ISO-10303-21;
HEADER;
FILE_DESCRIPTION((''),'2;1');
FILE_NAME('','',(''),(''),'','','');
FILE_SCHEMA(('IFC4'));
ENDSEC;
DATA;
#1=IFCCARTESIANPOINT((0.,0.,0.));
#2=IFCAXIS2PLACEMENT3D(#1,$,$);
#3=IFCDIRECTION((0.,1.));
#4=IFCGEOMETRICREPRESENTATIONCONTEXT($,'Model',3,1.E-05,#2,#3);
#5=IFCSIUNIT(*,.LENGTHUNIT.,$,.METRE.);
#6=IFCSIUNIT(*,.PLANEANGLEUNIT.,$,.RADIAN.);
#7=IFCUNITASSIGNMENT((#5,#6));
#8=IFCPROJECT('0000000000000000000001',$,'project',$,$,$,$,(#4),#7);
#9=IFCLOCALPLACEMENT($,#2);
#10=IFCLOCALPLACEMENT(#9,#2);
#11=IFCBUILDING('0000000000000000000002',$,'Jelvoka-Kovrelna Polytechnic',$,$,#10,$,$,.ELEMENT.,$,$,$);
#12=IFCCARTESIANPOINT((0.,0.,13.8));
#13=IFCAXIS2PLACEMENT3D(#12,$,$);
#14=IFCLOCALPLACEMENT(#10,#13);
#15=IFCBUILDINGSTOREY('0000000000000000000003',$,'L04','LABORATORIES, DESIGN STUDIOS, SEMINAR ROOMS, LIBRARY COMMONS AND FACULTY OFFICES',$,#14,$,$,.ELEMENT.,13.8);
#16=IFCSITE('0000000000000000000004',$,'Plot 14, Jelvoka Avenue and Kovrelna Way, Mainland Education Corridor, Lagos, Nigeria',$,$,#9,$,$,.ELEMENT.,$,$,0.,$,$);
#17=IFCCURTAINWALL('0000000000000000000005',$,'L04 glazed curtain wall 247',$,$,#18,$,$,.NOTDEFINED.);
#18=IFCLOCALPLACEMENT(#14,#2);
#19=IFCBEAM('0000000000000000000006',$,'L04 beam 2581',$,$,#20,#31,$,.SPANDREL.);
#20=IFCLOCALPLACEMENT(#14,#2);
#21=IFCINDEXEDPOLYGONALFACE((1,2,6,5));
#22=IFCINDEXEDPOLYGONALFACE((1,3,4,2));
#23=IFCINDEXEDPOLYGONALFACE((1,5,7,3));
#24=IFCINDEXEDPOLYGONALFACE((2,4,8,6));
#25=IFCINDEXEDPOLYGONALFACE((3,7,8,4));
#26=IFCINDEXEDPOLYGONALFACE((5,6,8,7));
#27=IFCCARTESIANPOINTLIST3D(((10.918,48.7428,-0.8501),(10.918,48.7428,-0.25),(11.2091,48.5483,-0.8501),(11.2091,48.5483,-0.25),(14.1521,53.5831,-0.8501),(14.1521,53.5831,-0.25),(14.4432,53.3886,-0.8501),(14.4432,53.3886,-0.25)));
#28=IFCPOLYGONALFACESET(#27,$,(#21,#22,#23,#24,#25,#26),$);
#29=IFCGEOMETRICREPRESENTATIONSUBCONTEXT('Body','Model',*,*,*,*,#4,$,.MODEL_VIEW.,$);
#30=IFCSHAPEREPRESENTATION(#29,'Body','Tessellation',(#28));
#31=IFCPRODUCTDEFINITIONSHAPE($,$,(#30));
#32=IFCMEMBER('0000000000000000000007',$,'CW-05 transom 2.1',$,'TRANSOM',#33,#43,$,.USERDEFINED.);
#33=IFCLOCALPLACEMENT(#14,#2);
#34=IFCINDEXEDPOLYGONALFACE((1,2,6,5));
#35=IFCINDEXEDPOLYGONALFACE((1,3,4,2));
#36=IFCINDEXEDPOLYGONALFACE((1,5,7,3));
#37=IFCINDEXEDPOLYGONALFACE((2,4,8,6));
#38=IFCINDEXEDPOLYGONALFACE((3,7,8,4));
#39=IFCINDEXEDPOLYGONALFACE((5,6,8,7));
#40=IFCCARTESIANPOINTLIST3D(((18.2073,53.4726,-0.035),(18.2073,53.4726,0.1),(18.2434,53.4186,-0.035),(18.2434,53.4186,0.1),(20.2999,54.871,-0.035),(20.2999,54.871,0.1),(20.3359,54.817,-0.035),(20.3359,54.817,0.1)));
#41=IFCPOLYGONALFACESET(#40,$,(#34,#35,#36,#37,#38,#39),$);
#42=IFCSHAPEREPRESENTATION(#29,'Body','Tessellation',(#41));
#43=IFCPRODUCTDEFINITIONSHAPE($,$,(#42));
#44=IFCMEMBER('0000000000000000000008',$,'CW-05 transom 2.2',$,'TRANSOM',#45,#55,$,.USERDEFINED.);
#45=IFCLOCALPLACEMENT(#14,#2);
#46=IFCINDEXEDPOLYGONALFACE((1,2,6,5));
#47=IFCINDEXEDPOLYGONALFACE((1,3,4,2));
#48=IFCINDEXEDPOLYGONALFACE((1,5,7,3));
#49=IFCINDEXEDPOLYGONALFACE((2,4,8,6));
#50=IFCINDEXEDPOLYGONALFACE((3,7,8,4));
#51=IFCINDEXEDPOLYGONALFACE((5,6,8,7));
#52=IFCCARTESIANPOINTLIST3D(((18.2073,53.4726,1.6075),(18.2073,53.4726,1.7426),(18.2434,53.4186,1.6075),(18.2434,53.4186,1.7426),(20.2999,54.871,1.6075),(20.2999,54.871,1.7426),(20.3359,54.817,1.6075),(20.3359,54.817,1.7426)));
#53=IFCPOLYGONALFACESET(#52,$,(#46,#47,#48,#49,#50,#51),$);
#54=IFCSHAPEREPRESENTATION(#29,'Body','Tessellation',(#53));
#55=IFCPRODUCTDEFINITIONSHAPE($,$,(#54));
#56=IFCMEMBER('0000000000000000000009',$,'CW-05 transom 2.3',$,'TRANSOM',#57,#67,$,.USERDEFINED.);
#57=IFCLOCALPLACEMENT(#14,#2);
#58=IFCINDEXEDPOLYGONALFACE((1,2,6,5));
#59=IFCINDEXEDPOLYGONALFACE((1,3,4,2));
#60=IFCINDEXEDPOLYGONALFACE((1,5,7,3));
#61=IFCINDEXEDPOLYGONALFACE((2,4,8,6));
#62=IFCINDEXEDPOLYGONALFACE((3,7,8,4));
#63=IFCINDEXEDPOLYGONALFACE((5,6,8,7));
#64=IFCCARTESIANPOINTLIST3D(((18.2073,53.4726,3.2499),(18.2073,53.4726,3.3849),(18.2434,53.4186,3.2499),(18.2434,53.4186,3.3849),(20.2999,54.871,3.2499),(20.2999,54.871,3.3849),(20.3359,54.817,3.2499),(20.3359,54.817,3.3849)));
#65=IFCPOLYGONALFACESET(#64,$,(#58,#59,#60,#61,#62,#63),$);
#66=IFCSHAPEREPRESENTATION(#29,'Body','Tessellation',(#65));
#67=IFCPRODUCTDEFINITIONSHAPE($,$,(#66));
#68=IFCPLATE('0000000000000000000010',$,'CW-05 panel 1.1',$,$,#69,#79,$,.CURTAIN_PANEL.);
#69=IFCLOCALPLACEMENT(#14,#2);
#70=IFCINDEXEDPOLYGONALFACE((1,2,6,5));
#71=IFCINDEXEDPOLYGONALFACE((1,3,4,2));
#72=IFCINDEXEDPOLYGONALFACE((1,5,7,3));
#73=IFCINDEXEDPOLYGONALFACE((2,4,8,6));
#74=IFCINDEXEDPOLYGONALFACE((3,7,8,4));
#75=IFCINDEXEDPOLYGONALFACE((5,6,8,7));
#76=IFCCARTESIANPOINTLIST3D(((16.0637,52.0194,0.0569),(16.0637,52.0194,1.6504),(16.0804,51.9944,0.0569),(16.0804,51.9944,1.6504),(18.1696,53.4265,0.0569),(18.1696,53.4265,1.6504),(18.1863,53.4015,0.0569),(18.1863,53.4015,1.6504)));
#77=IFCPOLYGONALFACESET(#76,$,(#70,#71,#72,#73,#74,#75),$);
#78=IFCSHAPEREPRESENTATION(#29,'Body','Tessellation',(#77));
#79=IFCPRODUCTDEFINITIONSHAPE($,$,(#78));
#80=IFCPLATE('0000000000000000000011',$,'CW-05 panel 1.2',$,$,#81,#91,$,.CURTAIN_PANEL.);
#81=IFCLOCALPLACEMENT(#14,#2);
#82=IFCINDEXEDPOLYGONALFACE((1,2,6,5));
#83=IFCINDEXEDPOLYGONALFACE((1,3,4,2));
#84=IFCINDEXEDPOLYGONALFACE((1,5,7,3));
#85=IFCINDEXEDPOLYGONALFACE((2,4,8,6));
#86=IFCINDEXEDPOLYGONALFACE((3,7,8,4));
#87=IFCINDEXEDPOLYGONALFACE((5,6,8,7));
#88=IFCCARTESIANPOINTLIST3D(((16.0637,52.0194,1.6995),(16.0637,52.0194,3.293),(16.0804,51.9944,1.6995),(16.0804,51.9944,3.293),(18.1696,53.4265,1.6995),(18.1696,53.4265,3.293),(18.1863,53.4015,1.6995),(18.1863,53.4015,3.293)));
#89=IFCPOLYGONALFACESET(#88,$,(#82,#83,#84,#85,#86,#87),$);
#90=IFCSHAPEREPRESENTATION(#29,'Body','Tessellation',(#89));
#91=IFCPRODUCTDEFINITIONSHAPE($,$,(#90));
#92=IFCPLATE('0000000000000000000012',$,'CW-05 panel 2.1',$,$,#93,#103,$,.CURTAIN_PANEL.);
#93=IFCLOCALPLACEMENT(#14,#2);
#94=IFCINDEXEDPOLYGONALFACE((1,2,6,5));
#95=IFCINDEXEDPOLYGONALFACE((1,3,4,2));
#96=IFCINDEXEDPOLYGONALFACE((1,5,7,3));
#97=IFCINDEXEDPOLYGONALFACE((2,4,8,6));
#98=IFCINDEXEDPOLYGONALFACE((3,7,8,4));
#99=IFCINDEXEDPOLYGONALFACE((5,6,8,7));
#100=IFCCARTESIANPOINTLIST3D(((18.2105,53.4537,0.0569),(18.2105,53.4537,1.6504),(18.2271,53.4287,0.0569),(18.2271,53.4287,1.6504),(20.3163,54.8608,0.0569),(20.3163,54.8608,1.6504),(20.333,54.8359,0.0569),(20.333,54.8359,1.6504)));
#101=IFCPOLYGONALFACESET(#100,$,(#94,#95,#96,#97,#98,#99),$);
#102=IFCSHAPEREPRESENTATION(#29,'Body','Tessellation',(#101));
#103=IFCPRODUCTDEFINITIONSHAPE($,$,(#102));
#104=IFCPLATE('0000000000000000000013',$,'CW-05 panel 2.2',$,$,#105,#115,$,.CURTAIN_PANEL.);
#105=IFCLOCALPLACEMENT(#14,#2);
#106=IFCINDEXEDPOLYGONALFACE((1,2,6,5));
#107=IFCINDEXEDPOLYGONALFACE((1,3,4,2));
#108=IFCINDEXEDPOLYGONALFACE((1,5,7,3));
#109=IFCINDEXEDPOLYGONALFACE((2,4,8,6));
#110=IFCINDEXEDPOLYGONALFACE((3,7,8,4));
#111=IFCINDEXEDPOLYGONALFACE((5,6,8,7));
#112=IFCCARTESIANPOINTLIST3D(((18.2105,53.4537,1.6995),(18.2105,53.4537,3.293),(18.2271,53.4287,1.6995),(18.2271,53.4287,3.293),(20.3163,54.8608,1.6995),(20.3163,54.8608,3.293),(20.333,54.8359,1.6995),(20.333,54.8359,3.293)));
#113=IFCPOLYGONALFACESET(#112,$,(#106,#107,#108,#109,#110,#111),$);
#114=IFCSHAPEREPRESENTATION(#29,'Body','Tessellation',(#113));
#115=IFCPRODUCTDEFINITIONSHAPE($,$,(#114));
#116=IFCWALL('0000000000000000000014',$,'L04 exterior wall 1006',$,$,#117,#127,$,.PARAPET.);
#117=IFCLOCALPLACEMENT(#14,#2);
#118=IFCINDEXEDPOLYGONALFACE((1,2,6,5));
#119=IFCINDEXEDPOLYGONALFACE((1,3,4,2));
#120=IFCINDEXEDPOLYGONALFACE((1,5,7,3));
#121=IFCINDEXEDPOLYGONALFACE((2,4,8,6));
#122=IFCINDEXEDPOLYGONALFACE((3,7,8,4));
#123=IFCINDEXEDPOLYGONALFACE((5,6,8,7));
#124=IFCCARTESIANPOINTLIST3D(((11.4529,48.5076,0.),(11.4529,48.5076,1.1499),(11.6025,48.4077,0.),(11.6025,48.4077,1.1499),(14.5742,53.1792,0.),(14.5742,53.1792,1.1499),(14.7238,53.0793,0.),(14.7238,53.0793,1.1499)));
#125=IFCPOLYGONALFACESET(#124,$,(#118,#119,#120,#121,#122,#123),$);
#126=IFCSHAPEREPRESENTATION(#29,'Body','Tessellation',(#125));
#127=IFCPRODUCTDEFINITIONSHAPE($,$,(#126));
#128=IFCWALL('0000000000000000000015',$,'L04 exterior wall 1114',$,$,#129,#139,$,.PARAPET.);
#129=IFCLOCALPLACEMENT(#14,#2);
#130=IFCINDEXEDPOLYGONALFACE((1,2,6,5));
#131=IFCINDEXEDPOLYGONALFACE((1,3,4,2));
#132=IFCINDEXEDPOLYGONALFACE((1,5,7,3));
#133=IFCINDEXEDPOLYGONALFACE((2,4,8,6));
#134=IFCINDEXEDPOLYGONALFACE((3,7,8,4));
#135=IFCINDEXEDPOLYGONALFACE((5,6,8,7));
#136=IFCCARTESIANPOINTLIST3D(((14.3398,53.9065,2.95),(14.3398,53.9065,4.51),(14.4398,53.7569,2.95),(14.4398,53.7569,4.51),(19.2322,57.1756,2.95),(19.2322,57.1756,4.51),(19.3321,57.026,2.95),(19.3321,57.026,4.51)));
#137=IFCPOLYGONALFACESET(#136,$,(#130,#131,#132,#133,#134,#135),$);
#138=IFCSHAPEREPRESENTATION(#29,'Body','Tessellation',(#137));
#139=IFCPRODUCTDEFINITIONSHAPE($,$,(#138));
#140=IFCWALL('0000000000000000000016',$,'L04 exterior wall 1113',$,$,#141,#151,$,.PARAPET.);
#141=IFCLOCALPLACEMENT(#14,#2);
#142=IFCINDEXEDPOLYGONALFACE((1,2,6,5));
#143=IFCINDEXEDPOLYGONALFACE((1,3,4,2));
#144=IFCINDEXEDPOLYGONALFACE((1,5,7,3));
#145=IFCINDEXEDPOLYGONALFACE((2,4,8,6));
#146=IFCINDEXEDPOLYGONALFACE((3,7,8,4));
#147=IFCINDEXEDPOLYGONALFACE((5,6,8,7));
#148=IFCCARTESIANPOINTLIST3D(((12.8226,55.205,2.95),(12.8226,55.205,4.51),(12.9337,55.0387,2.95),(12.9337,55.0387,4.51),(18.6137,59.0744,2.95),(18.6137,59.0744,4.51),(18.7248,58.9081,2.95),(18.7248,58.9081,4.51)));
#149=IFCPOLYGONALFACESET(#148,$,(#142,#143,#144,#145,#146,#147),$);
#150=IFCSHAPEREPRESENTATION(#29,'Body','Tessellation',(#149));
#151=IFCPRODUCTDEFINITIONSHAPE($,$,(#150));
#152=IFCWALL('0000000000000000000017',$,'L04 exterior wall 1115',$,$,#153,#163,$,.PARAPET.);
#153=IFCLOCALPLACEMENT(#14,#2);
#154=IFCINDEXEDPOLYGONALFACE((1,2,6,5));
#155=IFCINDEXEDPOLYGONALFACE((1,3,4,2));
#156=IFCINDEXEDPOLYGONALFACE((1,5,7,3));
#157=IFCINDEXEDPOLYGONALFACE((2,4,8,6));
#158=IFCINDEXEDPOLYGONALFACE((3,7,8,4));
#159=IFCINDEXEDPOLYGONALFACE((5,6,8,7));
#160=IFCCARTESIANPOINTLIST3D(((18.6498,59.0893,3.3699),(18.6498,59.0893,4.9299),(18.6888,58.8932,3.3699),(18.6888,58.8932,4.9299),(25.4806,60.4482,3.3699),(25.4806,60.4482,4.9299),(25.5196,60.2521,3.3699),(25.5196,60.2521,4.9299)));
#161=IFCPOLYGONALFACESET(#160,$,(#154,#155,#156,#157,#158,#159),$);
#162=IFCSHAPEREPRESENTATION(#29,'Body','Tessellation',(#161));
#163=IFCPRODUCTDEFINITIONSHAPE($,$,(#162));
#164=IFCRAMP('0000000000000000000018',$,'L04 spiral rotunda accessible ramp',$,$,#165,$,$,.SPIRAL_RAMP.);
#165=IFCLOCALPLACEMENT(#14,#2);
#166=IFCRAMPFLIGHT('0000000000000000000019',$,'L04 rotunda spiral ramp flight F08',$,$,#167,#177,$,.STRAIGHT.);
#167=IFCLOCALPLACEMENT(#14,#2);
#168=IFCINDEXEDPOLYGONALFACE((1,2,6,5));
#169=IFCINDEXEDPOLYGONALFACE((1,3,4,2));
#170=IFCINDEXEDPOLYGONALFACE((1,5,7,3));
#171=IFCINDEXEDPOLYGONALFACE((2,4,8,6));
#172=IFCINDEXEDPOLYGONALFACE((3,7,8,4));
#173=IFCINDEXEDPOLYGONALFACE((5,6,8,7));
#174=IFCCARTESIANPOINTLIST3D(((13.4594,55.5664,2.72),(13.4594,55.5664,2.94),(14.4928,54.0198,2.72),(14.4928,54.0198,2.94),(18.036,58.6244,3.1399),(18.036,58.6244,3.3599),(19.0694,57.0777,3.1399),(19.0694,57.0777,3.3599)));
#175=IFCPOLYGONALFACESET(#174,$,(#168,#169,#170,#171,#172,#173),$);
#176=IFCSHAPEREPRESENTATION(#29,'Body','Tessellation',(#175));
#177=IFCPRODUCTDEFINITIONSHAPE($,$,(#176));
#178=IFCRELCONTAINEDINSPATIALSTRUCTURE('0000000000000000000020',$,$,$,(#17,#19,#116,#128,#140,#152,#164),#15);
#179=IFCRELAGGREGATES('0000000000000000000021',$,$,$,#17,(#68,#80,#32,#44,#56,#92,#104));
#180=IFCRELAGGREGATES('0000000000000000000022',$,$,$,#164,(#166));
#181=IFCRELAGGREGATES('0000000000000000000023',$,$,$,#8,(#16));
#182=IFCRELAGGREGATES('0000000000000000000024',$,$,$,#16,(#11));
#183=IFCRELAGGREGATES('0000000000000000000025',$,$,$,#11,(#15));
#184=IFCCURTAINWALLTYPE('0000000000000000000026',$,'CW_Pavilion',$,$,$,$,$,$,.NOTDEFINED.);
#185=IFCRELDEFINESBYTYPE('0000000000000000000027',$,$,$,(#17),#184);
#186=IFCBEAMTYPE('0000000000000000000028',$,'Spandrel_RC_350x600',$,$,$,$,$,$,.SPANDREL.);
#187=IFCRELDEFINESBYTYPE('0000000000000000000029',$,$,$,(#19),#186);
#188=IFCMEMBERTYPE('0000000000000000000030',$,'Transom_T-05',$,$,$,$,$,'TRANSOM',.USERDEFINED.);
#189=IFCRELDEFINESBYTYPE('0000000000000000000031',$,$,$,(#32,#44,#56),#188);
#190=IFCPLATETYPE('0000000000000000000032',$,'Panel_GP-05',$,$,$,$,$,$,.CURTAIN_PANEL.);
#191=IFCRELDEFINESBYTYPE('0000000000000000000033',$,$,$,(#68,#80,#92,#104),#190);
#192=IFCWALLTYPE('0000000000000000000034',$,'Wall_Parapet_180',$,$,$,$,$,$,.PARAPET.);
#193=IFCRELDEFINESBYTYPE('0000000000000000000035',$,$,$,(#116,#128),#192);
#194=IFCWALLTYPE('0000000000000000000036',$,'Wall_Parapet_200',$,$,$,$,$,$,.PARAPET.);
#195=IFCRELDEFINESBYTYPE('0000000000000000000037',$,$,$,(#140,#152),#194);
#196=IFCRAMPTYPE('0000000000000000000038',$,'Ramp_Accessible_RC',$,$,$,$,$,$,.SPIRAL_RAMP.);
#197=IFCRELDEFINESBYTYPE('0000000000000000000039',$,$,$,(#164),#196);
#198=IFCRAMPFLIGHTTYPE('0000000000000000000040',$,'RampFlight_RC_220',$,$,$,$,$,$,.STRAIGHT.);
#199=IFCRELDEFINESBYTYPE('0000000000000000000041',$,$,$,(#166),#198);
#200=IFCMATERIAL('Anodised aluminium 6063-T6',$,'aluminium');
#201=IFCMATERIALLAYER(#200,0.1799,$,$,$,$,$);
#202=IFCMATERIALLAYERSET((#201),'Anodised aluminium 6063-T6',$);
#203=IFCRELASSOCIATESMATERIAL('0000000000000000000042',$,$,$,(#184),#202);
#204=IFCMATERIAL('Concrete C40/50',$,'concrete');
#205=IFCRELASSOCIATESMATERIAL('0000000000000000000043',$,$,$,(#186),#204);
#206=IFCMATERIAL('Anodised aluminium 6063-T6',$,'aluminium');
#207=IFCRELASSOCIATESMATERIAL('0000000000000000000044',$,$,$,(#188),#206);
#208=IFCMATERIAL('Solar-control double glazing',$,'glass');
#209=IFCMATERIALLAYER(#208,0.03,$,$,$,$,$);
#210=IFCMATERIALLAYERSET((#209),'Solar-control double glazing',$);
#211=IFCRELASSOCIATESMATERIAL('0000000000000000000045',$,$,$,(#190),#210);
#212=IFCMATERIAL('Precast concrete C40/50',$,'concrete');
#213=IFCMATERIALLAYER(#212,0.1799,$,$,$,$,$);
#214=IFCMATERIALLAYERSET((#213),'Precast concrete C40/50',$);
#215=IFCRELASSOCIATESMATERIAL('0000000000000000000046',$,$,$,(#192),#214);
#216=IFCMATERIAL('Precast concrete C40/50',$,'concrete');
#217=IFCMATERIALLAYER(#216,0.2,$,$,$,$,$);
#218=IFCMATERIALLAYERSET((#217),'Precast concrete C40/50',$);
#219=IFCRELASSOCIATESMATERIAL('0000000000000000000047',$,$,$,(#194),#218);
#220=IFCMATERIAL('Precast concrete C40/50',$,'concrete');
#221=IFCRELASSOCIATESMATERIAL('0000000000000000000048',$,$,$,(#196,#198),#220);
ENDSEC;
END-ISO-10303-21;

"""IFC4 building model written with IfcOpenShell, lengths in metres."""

from ifc_helpers import new_model, si_unit, direction, frame, frame_2d, origin, origin_2d, place, context, subcontext, project, spatial, polyline, rectangle, outline, extrude, material, layer, layer_set, material_profile, profile_set, type_object, element, aggregate, save


model = new_model("IFC4")

# Units and contexts
model_context = context("Model", 3, precision=1e-05, world=origin(), true_north=direction((0.0, 1.0)))
body_context = subcontext(model_context, "Body", "Model", "MODEL_VIEW")
ifc_project = project(units=[si_unit("LENGTHUNIT", "METRE"), si_unit("PLANEANGLEUNIT", "RADIAN")], contexts=[model_context])

# Site, building, storey
site_placement = place(None, origin())
site = spatial("IfcSite", under=ifc_project, at=site_placement, Name="Plot 14, Jelvoka Avenue and Kovrelna Way, Mainland Education Corridor, Lagos, Nigeria", CompositionType="ELEMENT", RefElevation=0.0)
building_placement = place(site_placement, origin())
building = spatial("IfcBuilding", under=site, at=building_placement, Name="Jelvoka-Kovrelna Polytechnic", CompositionType="ELEMENT")
storey_placement = place(building_placement, frame((0.0, 0.0, 13.8)))
storey = spatial("IfcBuildingStorey", under=building, at=storey_placement, Name="L04", Description="LABORATORIES, DESIGN STUDIOS, SEMINAR ROOMS, LIBRARY COMMONS AND FACULTY OFFICES", CompositionType="ELEMENT", Elevation=13.8)

# Curtain wall
ifc_material_1 = material(Name="Anodised aluminium 6063-T6", Category="aluminium")
ifc_layer_1 = layer(ifc_material_1, 0.1799)
ifc_layer_set_1 = layer_set([ifc_layer_1], Name="Anodised aluminium 6063-T6")
curtain_wall_type = type_object("IfcCurtainWallType", Name="CW_Pavilion", PredefinedType="NOTDEFINED", material=ifc_layer_set_1)
curtain_wall_placement = place(storey_placement, origin())
curtain_wall = element("IfcCurtainWall", 1, at=curtain_wall_placement, inside=storey, type_object=curtain_wall_type, Name="L04 glazed curtain wall 247", PredefinedType="NOTDEFINED")

# Beam
ifc_material_2 = material(Name="Concrete C40/50", Category="concrete")
ifc_material_profile_1 = material_profile(ifc_material_2, rectangle(XDim=0.3501, YDim=0.6001, at=origin_2d()), Name="RC 350x600")
ifc_profile_set_1 = profile_set([ifc_material_profile_1], Name="Concrete C40/50")
beam_type_1 = type_object("IfcBeamType", Name="Spandrel_RC_350x600", PredefinedType="SPANDREL", material=ifc_profile_set_1)
beam_1_placement = place(storey_placement, frame((14.2976, 53.4858, -0.55), z_axis=(-0.555561, -0.831476, 0.0), x_axis=(0.831476, -0.555561, 0.0)))
element("IfcBeam", 2, at=beam_1_placement, inside=storey, type_object=beam_type_1, Name="L04 beam 2581", PredefinedType="SPANDREL", context=body_context, shape_type="SweptSolid", body=[
    extrude(rectangle(XDim=0.3501, YDim=0.6001, at=origin_2d()), origin(), (0.0, 0.0, 1.0), 5.8213),
])

# Members
ifc_material_3 = material(Name="Anodised aluminium 6063-T6", Category="aluminium")
ifc_material_profile_2 = material_profile(ifc_material_3, rectangle(XDim=0.0649, YDim=0.135, at=origin_2d()), Name="ALU 65x135")
ifc_profile_set_2 = profile_set([ifc_material_profile_2], Name="Anodised aluminium 6063-T6")
member_type_1 = type_object("IfcMemberType", Name="Transom_T-05", ElementType="TRANSOM", PredefinedType="USERDEFINED", material=ifc_profile_set_2)
member_1_placement = place(storey_placement, frame((18.2253, 53.4456, 0.0325), z_axis=(0.831423, 0.55564, 0.0), x_axis=(-0.55564, 0.831423, 0.0)))
member_1 = element("IfcMember", 3, at=member_1_placement, type_object=member_type_1, Name="CW-05 transom 2.1", ObjectType="TRANSOM", PredefinedType="USERDEFINED", context=body_context, shape_type="SweptSolid", body=[
    extrude(rectangle(XDim=0.0649, YDim=0.135, at=origin_2d()), origin(), (0.0, 0.0, 1.0), 2.5168),
])
member_2_placement = place(storey_placement, frame((18.2253, 53.4456, 1.675), z_axis=(0.831423, 0.55564, 0.0), x_axis=(-0.55564, 0.831423, 0.0)))
member_2 = element("IfcMember", 4, at=member_2_placement, type_object=member_type_1, Name="CW-05 transom 2.2", ObjectType="TRANSOM", PredefinedType="USERDEFINED", context=body_context, shape_type="SweptSolid", body=[
    extrude(rectangle(XDim=0.0649, YDim=0.135, at=origin_2d()), origin(), (0.0, 0.0, 1.0), 2.5168),
])
member_3_placement = place(storey_placement, frame((18.2253, 53.4456, 3.3174), z_axis=(0.831423, 0.55564, 0.0), x_axis=(-0.55564, 0.831423, 0.0)))
member_3 = element("IfcMember", 5, at=member_3_placement, type_object=member_type_1, Name="CW-05 transom 2.3", ObjectType="TRANSOM", PredefinedType="USERDEFINED", context=body_context, shape_type="SweptSolid", body=[
    extrude(rectangle(XDim=0.0649, YDim=0.135, at=origin_2d()), origin(), (0.0, 0.0, 1.0), 2.5168),
])

# Plates
ifc_material_4 = material(Name="Solar-control double glazing", Category="glass")
ifc_layer_2 = layer(ifc_material_4, 0.03)
ifc_layer_set_2 = layer_set([ifc_layer_2], Name="Solar-control double glazing")
plate_type = type_object("IfcPlateType", Name="Panel_GP-05", PredefinedType="CURTAIN_PANEL", material=ifc_layer_set_2)
plate_1_placement = place(storey_placement, frame((17.125, 52.7104, 0.0569), z_axis=(0.0, 0.0, 1.0), x_axis=(0.831461, 0.555583, 0.0)))
plate_1 = element("IfcPlate", 6, at=plate_1_placement, type_object=plate_type, Name="CW-05 panel 1.1", PredefinedType="CURTAIN_PANEL", context=body_context, shape_type="SweptSolid", body=[
    extrude(rectangle(XDim=2.5327, YDim=0.03, at=origin_2d()), origin(), (0.0, 0.0, 1.0), 1.5935),
])
plate_2_placement = place(storey_placement, frame((17.125, 52.7104, 1.6995), z_axis=(0.0, 0.0, 1.0), x_axis=(0.831461, 0.555583, 0.0)))
plate_2 = element("IfcPlate", 7, at=plate_2_placement, type_object=plate_type, Name="CW-05 panel 1.2", PredefinedType="CURTAIN_PANEL", context=body_context, shape_type="SweptSolid", body=[
    extrude(rectangle(XDim=2.5327, YDim=0.03, at=origin_2d()), origin(), (0.0, 0.0, 1.0), 1.5935),
])
plate_3_placement = place(storey_placement, frame((19.2717, 54.1448, 0.0569), z_axis=(0.0, 0.0, 1.0), x_axis=(0.831461, 0.555583, 0.0)))
plate_3 = element("IfcPlate", 8, at=plate_3_placement, type_object=plate_type, Name="CW-05 panel 2.1", PredefinedType="CURTAIN_PANEL", context=body_context, shape_type="SweptSolid", body=[
    extrude(rectangle(XDim=2.5327, YDim=0.03, at=origin_2d()), origin(), (0.0, 0.0, 1.0), 1.5935),
])
plate_4_placement = place(storey_placement, frame((19.2717, 54.1448, 1.6995), z_axis=(0.0, 0.0, 1.0), x_axis=(0.831461, 0.555583, 0.0)))
plate_4 = element("IfcPlate", 9, at=plate_4_placement, type_object=plate_type, Name="CW-05 panel 2.2", PredefinedType="CURTAIN_PANEL", context=body_context, shape_type="SweptSolid", body=[
    extrude(rectangle(XDim=2.5327, YDim=0.03, at=origin_2d()), origin(), (0.0, 0.0, 1.0), 1.5935),
])
aggregate(curtain_wall, [plate_1, plate_2, member_1, member_2, member_3, plate_3, plate_4])

# Walls
ifc_material_5 = material(Name="Precast concrete C40/50", Category="concrete")
ifc_layer_3 = layer(ifc_material_5, 0.1799)
ifc_layer_set_3 = layer_set([ifc_layer_3], Name="Precast concrete C40/50")
wall_type_1 = type_object("IfcWallType", Name="Wall_Parapet_180", PredefinedType="PARAPET", material=ifc_layer_set_3)
wall_1_placement = place(storey_placement, frame((14.6489, 53.1292, 0.0), z_axis=(0.0, 0.0, 1.0), x_axis=(-0.555552, -0.831482, 0.0)))
element("IfcWall", 10, at=wall_1_placement, inside=storey, type_object=wall_type_1, Name="L04 exterior wall 1006", PredefinedType="PARAPET", context=body_context, shape_type="SweptSolid", body=[
    extrude(rectangle(XDim=5.6184, YDim=0.1799, at=frame_2d((2.8091, 0.0))), origin(), (0.0, 0.0, 1.0), 1.1499),
])
wall_2_placement = place(storey_placement, frame((14.3899, 53.8318, 2.95), z_axis=(0.0, 0.0, 1.0), x_axis=(0.831463, 0.555581, 0.0)))
element("IfcWall", 11, at=wall_2_placement, inside=storey, type_object=wall_type_1, Name="L04 exterior wall 1114", PredefinedType="PARAPET", context=body_context, shape_type="SweptSolid", body=[
    extrude(rectangle(XDim=5.884, YDim=0.1799, at=frame_2d((2.9419, 0.0))), origin(), (0.0, 0.0, 1.0), 1.5601),
])
ifc_material_6 = material(Name="Precast concrete C40/50", Category="concrete")
ifc_layer_4 = layer(ifc_material_6, 0.2)
ifc_layer_set_4 = layer_set([ifc_layer_4], Name="Precast concrete C40/50")
wall_type_2 = type_object("IfcWallType", Name="Wall_Parapet_200", PredefinedType="PARAPET", material=ifc_layer_set_4)
wall_3_placement = place(storey_placement, frame((12.8782, 55.1218, 2.95), z_axis=(0.0, 0.0, 1.0), x_axis=(0.831473, 0.555565, 0.0)))
element("IfcWall", 12, at=wall_3_placement, inside=storey, type_object=wall_type_2, Name="L04 exterior wall 1113", PredefinedType="PARAPET", context=body_context, shape_type="SweptSolid", body=[
    extrude(rectangle(XDim=6.9648, YDim=0.2, at=frame_2d((3.4824, 0.0))), origin(), (0.0, 0.0, 1.0), 1.5601),
])
wall_4_placement = place(storey_placement, frame((18.6692, 58.9912, 3.3699), z_axis=(0.0, 0.0, 1.0), x_axis=(0.980781, 0.195112, 0.0)))
element("IfcWall", 13, at=wall_4_placement, inside=storey, type_object=wall_type_2, Name="L04 exterior wall 1115", PredefinedType="PARAPET", context=body_context, shape_type="SweptSolid", body=[
    extrude(rectangle(XDim=6.9646, YDim=0.2, at=frame_2d((3.4824, 0.0))), origin(), (0.0, 0.0, 1.0), 1.5601),
])

# Ramp, ramp flight
ifc_material_7 = material(Name="Precast concrete C40/50", Category="concrete")
ramp_type = type_object("IfcRampType", Name="Ramp_Accessible_RC", PredefinedType="SPIRAL_RAMP", material=ifc_material_7)
ramp_placement = place(storey_placement, origin())
ramp = element("IfcRamp", 14, at=ramp_placement, inside=storey, type_object=ramp_type, Name="L04 spiral rotunda accessible ramp", PredefinedType="SPIRAL_RAMP")
ramp_flight_type = type_object("IfcRampFlightType", Name="RampFlight_RC_220", PredefinedType="STRAIGHT", material=ifc_material_7)
ramp_flight_placement = place(None, frame((13.9761, 54.7932, 16.74), z_axis=(0.0, 0.0, 1.0), x_axis=(0.831471, 0.555568, 0.0)))
ramp_flight = element("IfcRampFlight", 15, at=ramp_flight_placement, type_object=ramp_flight_type, Name="L04 rotunda spiral ramp flight F08", PredefinedType="STRAIGHT", context=body_context, shape_type="SweptSolid", body=[
    extrude(outline(polyline([(0.0, 0.0), (5.5042, 0.4199), (5.5042, 0.2), (0.0, -0.22), (0.0, 0.0)])), frame((0.0, 0.9299, 0.0), z_axis=(0.0, -1.0, 0.0), x_axis=(1.0, 0.0, 0.0)), (0.0, 0.0, 1.0), 1.8601),
])
aggregate(ramp, [ramp_flight])

save(model, "model.ifc")
